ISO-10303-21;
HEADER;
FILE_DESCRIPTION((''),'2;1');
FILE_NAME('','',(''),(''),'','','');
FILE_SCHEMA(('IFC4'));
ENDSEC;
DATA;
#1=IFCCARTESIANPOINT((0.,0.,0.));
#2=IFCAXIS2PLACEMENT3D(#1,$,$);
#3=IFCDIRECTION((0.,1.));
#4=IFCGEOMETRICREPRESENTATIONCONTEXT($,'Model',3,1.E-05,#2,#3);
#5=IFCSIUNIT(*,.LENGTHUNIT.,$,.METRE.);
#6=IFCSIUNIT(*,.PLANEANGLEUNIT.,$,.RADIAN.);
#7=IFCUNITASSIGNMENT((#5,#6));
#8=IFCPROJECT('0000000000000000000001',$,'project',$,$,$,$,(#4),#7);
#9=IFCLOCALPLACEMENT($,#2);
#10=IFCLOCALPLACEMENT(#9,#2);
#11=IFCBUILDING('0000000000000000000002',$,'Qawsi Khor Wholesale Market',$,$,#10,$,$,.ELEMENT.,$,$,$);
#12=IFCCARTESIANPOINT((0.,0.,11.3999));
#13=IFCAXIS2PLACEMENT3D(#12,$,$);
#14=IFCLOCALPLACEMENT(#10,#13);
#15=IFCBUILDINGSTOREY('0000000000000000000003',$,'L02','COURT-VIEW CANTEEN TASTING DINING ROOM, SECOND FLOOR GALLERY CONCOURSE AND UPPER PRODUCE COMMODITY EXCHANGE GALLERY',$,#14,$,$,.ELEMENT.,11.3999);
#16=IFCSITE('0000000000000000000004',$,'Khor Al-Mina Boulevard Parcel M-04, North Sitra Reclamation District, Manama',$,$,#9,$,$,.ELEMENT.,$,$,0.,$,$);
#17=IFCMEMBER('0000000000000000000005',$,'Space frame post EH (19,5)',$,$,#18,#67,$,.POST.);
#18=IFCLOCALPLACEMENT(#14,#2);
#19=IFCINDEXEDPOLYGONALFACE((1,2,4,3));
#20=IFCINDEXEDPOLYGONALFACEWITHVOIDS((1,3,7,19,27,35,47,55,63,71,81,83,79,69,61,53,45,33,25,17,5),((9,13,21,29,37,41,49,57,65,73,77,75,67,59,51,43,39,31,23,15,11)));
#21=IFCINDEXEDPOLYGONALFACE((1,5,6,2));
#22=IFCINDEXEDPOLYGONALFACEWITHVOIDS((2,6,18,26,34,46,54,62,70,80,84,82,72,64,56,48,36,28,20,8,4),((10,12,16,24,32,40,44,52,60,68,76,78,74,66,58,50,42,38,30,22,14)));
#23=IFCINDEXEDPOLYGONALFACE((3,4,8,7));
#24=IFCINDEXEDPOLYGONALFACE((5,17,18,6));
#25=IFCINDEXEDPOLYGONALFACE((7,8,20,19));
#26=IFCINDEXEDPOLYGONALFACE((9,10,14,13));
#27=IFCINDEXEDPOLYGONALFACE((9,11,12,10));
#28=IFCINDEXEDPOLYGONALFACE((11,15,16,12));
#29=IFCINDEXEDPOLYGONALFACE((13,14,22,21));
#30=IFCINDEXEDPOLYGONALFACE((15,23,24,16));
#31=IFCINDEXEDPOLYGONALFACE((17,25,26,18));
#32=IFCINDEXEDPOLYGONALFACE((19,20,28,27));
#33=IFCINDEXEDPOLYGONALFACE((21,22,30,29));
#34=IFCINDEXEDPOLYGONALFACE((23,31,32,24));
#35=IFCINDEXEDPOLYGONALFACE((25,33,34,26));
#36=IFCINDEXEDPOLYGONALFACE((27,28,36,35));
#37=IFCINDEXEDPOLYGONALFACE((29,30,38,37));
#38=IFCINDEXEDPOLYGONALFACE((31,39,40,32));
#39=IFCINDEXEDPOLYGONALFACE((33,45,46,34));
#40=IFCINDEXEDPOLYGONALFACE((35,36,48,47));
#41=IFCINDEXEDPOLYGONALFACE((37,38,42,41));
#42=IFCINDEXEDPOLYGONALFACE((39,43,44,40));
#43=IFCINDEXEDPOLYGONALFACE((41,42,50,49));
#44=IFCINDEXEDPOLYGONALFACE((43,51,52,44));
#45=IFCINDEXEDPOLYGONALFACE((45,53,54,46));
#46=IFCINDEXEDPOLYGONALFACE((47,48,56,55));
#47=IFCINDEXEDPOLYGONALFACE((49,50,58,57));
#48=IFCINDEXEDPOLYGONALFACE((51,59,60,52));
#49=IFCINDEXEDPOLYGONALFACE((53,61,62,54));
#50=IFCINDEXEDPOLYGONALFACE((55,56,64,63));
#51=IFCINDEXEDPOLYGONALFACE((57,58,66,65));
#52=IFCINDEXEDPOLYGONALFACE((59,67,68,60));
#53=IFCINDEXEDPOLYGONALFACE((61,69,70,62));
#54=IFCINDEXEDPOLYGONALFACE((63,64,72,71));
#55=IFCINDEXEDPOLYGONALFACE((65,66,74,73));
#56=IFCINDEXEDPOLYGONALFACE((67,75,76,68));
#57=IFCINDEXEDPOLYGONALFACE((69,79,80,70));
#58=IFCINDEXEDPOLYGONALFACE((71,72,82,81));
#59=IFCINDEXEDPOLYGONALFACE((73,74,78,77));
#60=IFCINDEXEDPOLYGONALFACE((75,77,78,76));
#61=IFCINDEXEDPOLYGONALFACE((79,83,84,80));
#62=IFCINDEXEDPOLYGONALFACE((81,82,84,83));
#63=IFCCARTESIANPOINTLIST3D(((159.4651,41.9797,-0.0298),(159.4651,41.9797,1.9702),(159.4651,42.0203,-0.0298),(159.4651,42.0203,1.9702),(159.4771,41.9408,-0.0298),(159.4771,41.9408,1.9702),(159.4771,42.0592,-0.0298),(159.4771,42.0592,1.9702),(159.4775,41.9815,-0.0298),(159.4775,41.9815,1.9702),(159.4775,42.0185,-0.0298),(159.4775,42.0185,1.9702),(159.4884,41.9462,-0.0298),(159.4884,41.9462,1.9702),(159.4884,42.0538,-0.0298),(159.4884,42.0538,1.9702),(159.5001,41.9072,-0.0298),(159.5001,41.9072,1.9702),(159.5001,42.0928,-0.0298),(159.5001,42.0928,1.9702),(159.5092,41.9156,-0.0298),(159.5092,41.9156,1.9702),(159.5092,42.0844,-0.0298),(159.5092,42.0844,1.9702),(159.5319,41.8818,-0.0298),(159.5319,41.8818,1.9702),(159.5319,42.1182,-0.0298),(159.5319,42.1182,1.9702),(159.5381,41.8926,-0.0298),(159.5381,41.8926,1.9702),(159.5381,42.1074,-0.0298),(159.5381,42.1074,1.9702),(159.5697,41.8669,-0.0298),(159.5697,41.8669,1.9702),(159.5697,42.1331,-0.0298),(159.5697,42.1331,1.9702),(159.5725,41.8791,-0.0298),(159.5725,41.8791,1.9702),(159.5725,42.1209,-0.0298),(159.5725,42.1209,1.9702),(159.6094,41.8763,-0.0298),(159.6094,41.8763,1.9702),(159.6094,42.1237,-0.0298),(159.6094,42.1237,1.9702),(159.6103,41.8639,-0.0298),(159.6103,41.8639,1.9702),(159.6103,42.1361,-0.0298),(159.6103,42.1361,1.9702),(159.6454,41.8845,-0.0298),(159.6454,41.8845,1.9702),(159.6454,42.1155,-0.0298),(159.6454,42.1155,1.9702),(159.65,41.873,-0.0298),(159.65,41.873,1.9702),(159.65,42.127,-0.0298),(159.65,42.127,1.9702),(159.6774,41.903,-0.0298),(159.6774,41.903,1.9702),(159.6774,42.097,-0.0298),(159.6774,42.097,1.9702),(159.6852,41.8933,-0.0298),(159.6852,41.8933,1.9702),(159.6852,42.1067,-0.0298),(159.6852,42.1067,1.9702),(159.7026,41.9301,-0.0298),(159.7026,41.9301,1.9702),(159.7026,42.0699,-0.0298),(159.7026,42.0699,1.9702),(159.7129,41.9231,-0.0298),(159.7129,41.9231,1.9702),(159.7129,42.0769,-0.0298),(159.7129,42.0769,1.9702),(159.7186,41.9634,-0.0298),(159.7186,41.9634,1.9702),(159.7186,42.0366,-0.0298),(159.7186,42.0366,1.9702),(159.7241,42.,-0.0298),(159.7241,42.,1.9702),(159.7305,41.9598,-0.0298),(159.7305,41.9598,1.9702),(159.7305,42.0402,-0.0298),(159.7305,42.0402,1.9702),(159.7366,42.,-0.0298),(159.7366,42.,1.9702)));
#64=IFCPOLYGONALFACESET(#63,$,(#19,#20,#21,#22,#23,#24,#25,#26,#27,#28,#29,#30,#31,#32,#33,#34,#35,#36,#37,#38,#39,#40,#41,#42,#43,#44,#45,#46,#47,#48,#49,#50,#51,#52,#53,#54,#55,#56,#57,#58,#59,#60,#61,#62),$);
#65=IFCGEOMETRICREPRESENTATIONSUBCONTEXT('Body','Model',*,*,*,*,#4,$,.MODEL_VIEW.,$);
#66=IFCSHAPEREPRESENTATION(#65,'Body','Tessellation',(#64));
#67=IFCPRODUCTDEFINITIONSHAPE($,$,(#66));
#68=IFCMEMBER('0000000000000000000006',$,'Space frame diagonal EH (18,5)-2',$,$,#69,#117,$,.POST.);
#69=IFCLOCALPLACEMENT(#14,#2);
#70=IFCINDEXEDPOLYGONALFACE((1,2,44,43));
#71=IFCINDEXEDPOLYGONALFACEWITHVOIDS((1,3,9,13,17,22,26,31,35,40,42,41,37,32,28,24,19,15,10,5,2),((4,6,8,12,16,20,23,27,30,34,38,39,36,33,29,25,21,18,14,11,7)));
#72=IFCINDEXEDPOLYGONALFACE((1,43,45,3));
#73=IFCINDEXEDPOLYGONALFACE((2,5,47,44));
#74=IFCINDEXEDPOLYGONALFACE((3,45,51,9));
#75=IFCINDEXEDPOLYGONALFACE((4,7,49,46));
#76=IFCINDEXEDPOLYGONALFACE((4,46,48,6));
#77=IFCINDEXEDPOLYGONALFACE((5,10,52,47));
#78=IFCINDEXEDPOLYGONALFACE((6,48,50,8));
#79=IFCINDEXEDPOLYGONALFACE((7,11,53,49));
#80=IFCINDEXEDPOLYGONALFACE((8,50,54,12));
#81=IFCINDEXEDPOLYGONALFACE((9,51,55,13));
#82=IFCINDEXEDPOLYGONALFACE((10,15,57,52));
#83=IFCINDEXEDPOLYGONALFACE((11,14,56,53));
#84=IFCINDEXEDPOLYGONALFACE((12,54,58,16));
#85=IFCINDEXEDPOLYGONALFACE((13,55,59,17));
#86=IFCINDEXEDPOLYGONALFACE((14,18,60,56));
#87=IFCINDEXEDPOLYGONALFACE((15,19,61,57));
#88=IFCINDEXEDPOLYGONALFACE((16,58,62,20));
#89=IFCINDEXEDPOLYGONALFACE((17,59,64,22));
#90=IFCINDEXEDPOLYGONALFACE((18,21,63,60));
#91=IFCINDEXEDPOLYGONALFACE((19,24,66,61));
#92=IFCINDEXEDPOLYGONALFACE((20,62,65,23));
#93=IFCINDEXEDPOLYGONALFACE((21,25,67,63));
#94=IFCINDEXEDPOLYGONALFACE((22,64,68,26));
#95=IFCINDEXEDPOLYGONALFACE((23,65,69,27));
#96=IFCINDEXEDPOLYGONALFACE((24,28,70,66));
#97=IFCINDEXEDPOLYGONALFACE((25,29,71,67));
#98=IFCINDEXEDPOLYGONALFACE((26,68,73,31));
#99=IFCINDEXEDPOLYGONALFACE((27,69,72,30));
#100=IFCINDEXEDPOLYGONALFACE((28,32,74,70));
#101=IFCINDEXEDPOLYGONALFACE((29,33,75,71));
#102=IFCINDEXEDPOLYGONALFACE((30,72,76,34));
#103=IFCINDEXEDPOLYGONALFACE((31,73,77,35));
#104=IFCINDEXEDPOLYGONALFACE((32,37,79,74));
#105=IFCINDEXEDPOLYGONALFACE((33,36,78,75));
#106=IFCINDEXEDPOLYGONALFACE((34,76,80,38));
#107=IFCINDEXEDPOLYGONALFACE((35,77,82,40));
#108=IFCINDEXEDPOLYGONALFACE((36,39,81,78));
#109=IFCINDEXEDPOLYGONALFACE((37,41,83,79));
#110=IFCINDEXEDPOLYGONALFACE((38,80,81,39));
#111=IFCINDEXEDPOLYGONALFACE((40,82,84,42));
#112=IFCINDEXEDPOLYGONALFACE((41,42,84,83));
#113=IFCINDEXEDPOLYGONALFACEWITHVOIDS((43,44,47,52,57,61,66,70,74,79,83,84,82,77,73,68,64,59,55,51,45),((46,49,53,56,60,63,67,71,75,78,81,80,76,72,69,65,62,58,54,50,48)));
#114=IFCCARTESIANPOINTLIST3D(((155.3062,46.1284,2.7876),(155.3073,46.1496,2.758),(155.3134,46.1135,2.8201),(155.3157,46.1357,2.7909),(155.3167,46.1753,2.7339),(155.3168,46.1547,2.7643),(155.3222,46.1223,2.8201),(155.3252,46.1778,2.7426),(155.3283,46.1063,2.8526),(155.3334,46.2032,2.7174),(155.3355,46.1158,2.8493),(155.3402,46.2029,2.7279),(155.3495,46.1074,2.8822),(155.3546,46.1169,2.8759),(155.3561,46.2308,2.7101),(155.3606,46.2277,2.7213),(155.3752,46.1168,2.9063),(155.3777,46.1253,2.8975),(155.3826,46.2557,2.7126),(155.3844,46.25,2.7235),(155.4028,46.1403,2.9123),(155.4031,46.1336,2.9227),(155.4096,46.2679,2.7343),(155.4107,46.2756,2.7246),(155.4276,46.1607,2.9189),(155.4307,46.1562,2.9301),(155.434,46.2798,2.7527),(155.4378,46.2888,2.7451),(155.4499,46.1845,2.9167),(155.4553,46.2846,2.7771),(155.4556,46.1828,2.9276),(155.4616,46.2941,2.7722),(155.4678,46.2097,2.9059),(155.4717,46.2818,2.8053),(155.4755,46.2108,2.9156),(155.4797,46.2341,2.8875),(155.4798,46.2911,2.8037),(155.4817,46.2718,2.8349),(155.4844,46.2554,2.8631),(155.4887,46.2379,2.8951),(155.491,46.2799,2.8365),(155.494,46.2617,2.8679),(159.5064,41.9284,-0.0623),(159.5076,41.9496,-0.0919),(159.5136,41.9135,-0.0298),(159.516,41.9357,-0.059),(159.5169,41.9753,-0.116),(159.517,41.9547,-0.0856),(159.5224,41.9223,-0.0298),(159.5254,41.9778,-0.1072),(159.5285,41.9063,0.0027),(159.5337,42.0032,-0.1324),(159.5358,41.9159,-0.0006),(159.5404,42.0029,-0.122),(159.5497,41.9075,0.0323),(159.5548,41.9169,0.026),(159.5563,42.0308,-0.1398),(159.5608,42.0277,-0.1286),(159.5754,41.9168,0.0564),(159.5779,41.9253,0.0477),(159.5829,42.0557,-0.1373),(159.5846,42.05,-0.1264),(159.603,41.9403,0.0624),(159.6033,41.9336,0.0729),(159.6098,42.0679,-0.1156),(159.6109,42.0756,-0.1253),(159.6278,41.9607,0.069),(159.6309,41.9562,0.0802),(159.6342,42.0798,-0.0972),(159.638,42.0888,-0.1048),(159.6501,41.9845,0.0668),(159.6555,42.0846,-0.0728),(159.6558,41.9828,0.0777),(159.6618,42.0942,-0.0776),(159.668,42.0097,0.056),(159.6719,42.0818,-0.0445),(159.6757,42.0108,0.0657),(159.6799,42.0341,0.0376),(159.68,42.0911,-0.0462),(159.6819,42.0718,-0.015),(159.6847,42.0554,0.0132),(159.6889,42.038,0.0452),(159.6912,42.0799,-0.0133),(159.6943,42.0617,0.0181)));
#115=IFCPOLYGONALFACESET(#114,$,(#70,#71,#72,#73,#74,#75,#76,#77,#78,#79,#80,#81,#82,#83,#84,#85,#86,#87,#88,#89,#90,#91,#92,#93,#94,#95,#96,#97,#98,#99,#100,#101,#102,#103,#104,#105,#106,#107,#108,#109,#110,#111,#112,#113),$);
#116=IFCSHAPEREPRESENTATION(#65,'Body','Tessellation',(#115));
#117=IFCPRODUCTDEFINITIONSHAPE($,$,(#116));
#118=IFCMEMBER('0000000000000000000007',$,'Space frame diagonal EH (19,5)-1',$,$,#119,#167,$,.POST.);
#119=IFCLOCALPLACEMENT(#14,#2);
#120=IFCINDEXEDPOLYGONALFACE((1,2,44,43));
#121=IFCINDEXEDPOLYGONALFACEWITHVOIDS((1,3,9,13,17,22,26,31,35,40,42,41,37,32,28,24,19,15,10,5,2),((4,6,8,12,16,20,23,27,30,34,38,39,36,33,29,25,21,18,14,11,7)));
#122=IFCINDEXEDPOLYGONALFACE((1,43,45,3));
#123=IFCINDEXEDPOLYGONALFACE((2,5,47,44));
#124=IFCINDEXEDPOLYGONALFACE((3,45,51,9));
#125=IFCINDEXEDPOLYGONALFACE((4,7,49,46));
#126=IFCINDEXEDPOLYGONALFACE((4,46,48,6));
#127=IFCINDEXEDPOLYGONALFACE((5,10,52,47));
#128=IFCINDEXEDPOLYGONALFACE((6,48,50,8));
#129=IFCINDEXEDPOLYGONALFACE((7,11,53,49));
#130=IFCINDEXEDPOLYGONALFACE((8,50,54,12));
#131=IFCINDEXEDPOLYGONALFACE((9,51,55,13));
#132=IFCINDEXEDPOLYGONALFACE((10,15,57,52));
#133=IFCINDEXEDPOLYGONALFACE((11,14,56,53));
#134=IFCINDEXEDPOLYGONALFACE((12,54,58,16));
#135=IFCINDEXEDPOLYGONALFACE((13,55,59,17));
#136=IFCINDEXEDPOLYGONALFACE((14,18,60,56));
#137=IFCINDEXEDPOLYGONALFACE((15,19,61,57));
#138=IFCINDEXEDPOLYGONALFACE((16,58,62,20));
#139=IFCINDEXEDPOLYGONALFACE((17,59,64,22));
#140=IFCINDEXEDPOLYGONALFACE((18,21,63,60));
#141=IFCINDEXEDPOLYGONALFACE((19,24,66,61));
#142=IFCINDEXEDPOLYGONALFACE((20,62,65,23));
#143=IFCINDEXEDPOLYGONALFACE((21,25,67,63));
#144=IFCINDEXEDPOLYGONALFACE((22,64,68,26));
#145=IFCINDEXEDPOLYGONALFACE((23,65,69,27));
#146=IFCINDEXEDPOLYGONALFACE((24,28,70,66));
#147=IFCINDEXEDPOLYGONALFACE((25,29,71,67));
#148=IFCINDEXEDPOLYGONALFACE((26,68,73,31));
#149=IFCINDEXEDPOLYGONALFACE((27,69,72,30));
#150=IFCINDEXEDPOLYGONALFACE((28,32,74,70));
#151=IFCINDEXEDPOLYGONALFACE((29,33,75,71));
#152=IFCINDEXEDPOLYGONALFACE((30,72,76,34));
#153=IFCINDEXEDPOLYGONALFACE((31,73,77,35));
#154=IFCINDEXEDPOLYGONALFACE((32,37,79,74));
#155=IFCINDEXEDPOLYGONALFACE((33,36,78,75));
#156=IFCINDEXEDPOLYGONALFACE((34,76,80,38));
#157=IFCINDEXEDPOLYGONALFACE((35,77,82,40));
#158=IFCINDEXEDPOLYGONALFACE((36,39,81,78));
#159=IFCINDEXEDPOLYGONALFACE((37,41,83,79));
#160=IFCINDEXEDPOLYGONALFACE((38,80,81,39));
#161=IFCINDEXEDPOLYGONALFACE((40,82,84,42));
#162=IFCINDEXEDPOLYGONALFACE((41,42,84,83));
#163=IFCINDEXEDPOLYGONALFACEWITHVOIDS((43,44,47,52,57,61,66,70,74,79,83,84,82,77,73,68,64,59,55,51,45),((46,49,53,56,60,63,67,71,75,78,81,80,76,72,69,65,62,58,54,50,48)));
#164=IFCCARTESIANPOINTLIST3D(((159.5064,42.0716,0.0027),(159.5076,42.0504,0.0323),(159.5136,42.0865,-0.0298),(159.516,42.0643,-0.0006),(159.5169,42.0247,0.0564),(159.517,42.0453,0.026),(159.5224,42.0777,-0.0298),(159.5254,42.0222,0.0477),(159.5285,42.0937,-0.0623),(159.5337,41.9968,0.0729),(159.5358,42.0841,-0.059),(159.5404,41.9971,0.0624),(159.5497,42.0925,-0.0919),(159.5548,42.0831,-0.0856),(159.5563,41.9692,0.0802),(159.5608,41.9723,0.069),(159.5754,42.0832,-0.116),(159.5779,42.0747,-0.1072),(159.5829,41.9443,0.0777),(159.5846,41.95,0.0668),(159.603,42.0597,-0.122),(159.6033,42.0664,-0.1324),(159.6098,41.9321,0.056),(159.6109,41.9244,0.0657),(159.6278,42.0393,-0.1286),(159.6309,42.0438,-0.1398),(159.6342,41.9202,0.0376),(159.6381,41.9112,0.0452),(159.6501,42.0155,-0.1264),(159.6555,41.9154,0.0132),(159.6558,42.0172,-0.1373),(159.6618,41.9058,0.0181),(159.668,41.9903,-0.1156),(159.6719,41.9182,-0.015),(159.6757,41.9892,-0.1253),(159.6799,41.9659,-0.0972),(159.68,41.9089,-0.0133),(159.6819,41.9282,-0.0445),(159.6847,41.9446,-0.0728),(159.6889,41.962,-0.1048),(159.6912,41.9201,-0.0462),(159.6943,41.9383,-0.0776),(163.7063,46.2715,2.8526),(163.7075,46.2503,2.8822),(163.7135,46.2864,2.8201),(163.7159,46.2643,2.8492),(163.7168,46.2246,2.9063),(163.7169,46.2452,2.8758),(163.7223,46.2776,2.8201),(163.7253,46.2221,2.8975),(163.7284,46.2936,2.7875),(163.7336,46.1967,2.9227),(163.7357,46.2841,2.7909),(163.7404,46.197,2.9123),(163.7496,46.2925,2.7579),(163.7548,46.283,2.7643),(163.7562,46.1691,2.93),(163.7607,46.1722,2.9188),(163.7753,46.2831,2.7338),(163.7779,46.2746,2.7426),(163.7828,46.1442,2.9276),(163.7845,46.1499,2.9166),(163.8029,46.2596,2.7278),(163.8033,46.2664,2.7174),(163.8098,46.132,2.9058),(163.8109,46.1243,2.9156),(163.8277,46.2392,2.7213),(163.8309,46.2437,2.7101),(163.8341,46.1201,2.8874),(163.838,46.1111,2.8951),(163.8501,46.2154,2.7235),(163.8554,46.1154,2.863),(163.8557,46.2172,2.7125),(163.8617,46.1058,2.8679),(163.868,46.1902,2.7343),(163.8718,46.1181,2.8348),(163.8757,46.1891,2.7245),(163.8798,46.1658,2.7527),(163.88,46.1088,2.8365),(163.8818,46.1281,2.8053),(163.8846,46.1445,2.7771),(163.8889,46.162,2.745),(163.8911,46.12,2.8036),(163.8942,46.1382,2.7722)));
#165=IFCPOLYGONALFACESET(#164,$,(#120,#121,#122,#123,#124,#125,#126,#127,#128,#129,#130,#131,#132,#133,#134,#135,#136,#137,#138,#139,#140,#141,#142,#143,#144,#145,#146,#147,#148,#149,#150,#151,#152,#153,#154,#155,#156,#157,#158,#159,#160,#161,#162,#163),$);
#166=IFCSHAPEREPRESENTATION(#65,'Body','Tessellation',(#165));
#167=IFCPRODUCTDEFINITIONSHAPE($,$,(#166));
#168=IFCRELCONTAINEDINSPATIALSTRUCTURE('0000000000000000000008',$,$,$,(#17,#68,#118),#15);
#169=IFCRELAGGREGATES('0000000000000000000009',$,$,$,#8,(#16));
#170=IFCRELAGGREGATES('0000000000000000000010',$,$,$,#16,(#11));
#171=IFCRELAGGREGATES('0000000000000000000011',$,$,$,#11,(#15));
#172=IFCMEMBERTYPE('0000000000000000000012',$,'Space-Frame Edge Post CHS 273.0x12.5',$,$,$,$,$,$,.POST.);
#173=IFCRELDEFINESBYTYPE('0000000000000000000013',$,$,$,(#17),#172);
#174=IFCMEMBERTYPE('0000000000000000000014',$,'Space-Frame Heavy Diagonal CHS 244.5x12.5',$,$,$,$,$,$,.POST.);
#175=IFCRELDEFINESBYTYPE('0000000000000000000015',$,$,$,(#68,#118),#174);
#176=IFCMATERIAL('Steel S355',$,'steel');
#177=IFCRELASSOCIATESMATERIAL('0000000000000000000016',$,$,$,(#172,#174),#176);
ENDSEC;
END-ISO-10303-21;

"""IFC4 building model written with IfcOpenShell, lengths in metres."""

from ifc_helpers import new_model, si_unit, direction, frame, origin, origin_2d, place, context, subcontext, project, spatial, hollow_circle, extrude, material, material_profile, profile_set, type_object, element, save


model = new_model("IFC4")

# Units and contexts
model_context = context("Model", 3, precision=1e-05, world=origin(), true_north=direction((0.0, 1.0)))
body_context = subcontext(model_context, "Body", "Model", "MODEL_VIEW")
ifc_project = project(units=[si_unit("LENGTHUNIT", "METRE"), si_unit("PLANEANGLEUNIT", "RADIAN")], contexts=[model_context])

# Site, building, storey
site_placement = place(None, origin())
site = spatial("IfcSite", under=ifc_project, at=site_placement, Name="Khor Al-Mina Boulevard Parcel M-04, North Sitra Reclamation District, Manama", CompositionType="ELEMENT", RefElevation=0.0)
building_placement = place(site_placement, origin())
building = spatial("IfcBuilding", under=site, at=building_placement, Name="Qawsi Khor Wholesale Market", CompositionType="ELEMENT")
storey_placement = place(building_placement, frame((0.0, 0.0, 11.3999)))
storey = spatial("IfcBuildingStorey", under=building, at=storey_placement, Name="L02", Description="COURT-VIEW CANTEEN TASTING DINING ROOM, SECOND FLOOR GALLERY CONCOURSE AND UPPER PRODUCE COMMODITY EXCHANGE GALLERY", CompositionType="ELEMENT", Elevation=11.3999)

# Members
ifc_material_1 = material(Name="Steel S355", Category="steel")
ifc_material_profile_1 = material_profile(ifc_material_1, hollow_circle(Radius=0.1365, WallThickness=0.0125, at=origin_2d()), Name="CHS 273.0x12.5")
ifc_profile_set_1 = profile_set([ifc_material_profile_1], Name="Steel S355")
member_type_1 = type_object("IfcMemberType", Name="Space-Frame Edge Post CHS 273.0x12.5", PredefinedType="POST", material=ifc_profile_set_1)
member_1_placement = place(storey_placement, frame((159.6001, 42.0, -0.0298), z_axis=(0.0, 0.0, 1.0), x_axis=(1.0, 0.0, 0.0)))
element("IfcMember", 1, at=member_1_placement, inside=storey, type_object=member_type_1, Name="Space frame post EH (19,5)", PredefinedType="POST", context=body_context, shape_type="SweptSolid", body=[
    extrude(hollow_circle(Radius=0.1365, WallThickness=0.0125, at=origin_2d()), origin(), (0.0, 0.0, 1.0), 2.0),
])
ifc_material_profile_2 = material_profile(ifc_material_1, hollow_circle(Radius=0.1223, WallThickness=0.0125, at=origin_2d()), Name="CHS 244.5x12.5")
ifc_profile_set_2 = profile_set([ifc_material_profile_2], Name="Steel S355")
member_type_2 = type_object("IfcMemberType", Name="Space-Frame Heavy Diagonal CHS 244.5x12.5", PredefinedType="POST", material=ifc_profile_set_2)
member_2_placement = place(storey_placement, frame((159.6001, 42.0, -0.0298), z_axis=(-0.637544, 0.637507, 0.432577), x_axis=(-0.707086, -0.707127, 0.0)))
element("IfcMember", 2, at=member_2_placement, inside=storey, type_object=member_type_2, Name="Space frame diagonal EH (18,5)-2", PredefinedType="POST", context=body_context, shape_type="SweptSolid", body=[
    extrude(hollow_circle(Radius=0.1223, WallThickness=0.0125, at=origin_2d()), origin(), (0.0, 0.0, 1.0), 6.5881),
])
member_3_placement = place(storey_placement, frame((159.6001, 42.0, -0.0298), z_axis=(0.637522, 0.637522, 0.432587), x_axis=(-0.707107, 0.707107, 0.0)))
element("IfcMember", 3, at=member_3_placement, inside=storey, type_object=member_type_2, Name="Space frame diagonal EH (19,5)-1", PredefinedType="POST", context=body_context, shape_type="SweptSolid", body=[
    extrude(hollow_circle(Radius=0.1223, WallThickness=0.0125, at=origin_2d()), origin(), (0.0, 0.0, 1.0), 6.5879),
])

save(model, "model.ifc")
